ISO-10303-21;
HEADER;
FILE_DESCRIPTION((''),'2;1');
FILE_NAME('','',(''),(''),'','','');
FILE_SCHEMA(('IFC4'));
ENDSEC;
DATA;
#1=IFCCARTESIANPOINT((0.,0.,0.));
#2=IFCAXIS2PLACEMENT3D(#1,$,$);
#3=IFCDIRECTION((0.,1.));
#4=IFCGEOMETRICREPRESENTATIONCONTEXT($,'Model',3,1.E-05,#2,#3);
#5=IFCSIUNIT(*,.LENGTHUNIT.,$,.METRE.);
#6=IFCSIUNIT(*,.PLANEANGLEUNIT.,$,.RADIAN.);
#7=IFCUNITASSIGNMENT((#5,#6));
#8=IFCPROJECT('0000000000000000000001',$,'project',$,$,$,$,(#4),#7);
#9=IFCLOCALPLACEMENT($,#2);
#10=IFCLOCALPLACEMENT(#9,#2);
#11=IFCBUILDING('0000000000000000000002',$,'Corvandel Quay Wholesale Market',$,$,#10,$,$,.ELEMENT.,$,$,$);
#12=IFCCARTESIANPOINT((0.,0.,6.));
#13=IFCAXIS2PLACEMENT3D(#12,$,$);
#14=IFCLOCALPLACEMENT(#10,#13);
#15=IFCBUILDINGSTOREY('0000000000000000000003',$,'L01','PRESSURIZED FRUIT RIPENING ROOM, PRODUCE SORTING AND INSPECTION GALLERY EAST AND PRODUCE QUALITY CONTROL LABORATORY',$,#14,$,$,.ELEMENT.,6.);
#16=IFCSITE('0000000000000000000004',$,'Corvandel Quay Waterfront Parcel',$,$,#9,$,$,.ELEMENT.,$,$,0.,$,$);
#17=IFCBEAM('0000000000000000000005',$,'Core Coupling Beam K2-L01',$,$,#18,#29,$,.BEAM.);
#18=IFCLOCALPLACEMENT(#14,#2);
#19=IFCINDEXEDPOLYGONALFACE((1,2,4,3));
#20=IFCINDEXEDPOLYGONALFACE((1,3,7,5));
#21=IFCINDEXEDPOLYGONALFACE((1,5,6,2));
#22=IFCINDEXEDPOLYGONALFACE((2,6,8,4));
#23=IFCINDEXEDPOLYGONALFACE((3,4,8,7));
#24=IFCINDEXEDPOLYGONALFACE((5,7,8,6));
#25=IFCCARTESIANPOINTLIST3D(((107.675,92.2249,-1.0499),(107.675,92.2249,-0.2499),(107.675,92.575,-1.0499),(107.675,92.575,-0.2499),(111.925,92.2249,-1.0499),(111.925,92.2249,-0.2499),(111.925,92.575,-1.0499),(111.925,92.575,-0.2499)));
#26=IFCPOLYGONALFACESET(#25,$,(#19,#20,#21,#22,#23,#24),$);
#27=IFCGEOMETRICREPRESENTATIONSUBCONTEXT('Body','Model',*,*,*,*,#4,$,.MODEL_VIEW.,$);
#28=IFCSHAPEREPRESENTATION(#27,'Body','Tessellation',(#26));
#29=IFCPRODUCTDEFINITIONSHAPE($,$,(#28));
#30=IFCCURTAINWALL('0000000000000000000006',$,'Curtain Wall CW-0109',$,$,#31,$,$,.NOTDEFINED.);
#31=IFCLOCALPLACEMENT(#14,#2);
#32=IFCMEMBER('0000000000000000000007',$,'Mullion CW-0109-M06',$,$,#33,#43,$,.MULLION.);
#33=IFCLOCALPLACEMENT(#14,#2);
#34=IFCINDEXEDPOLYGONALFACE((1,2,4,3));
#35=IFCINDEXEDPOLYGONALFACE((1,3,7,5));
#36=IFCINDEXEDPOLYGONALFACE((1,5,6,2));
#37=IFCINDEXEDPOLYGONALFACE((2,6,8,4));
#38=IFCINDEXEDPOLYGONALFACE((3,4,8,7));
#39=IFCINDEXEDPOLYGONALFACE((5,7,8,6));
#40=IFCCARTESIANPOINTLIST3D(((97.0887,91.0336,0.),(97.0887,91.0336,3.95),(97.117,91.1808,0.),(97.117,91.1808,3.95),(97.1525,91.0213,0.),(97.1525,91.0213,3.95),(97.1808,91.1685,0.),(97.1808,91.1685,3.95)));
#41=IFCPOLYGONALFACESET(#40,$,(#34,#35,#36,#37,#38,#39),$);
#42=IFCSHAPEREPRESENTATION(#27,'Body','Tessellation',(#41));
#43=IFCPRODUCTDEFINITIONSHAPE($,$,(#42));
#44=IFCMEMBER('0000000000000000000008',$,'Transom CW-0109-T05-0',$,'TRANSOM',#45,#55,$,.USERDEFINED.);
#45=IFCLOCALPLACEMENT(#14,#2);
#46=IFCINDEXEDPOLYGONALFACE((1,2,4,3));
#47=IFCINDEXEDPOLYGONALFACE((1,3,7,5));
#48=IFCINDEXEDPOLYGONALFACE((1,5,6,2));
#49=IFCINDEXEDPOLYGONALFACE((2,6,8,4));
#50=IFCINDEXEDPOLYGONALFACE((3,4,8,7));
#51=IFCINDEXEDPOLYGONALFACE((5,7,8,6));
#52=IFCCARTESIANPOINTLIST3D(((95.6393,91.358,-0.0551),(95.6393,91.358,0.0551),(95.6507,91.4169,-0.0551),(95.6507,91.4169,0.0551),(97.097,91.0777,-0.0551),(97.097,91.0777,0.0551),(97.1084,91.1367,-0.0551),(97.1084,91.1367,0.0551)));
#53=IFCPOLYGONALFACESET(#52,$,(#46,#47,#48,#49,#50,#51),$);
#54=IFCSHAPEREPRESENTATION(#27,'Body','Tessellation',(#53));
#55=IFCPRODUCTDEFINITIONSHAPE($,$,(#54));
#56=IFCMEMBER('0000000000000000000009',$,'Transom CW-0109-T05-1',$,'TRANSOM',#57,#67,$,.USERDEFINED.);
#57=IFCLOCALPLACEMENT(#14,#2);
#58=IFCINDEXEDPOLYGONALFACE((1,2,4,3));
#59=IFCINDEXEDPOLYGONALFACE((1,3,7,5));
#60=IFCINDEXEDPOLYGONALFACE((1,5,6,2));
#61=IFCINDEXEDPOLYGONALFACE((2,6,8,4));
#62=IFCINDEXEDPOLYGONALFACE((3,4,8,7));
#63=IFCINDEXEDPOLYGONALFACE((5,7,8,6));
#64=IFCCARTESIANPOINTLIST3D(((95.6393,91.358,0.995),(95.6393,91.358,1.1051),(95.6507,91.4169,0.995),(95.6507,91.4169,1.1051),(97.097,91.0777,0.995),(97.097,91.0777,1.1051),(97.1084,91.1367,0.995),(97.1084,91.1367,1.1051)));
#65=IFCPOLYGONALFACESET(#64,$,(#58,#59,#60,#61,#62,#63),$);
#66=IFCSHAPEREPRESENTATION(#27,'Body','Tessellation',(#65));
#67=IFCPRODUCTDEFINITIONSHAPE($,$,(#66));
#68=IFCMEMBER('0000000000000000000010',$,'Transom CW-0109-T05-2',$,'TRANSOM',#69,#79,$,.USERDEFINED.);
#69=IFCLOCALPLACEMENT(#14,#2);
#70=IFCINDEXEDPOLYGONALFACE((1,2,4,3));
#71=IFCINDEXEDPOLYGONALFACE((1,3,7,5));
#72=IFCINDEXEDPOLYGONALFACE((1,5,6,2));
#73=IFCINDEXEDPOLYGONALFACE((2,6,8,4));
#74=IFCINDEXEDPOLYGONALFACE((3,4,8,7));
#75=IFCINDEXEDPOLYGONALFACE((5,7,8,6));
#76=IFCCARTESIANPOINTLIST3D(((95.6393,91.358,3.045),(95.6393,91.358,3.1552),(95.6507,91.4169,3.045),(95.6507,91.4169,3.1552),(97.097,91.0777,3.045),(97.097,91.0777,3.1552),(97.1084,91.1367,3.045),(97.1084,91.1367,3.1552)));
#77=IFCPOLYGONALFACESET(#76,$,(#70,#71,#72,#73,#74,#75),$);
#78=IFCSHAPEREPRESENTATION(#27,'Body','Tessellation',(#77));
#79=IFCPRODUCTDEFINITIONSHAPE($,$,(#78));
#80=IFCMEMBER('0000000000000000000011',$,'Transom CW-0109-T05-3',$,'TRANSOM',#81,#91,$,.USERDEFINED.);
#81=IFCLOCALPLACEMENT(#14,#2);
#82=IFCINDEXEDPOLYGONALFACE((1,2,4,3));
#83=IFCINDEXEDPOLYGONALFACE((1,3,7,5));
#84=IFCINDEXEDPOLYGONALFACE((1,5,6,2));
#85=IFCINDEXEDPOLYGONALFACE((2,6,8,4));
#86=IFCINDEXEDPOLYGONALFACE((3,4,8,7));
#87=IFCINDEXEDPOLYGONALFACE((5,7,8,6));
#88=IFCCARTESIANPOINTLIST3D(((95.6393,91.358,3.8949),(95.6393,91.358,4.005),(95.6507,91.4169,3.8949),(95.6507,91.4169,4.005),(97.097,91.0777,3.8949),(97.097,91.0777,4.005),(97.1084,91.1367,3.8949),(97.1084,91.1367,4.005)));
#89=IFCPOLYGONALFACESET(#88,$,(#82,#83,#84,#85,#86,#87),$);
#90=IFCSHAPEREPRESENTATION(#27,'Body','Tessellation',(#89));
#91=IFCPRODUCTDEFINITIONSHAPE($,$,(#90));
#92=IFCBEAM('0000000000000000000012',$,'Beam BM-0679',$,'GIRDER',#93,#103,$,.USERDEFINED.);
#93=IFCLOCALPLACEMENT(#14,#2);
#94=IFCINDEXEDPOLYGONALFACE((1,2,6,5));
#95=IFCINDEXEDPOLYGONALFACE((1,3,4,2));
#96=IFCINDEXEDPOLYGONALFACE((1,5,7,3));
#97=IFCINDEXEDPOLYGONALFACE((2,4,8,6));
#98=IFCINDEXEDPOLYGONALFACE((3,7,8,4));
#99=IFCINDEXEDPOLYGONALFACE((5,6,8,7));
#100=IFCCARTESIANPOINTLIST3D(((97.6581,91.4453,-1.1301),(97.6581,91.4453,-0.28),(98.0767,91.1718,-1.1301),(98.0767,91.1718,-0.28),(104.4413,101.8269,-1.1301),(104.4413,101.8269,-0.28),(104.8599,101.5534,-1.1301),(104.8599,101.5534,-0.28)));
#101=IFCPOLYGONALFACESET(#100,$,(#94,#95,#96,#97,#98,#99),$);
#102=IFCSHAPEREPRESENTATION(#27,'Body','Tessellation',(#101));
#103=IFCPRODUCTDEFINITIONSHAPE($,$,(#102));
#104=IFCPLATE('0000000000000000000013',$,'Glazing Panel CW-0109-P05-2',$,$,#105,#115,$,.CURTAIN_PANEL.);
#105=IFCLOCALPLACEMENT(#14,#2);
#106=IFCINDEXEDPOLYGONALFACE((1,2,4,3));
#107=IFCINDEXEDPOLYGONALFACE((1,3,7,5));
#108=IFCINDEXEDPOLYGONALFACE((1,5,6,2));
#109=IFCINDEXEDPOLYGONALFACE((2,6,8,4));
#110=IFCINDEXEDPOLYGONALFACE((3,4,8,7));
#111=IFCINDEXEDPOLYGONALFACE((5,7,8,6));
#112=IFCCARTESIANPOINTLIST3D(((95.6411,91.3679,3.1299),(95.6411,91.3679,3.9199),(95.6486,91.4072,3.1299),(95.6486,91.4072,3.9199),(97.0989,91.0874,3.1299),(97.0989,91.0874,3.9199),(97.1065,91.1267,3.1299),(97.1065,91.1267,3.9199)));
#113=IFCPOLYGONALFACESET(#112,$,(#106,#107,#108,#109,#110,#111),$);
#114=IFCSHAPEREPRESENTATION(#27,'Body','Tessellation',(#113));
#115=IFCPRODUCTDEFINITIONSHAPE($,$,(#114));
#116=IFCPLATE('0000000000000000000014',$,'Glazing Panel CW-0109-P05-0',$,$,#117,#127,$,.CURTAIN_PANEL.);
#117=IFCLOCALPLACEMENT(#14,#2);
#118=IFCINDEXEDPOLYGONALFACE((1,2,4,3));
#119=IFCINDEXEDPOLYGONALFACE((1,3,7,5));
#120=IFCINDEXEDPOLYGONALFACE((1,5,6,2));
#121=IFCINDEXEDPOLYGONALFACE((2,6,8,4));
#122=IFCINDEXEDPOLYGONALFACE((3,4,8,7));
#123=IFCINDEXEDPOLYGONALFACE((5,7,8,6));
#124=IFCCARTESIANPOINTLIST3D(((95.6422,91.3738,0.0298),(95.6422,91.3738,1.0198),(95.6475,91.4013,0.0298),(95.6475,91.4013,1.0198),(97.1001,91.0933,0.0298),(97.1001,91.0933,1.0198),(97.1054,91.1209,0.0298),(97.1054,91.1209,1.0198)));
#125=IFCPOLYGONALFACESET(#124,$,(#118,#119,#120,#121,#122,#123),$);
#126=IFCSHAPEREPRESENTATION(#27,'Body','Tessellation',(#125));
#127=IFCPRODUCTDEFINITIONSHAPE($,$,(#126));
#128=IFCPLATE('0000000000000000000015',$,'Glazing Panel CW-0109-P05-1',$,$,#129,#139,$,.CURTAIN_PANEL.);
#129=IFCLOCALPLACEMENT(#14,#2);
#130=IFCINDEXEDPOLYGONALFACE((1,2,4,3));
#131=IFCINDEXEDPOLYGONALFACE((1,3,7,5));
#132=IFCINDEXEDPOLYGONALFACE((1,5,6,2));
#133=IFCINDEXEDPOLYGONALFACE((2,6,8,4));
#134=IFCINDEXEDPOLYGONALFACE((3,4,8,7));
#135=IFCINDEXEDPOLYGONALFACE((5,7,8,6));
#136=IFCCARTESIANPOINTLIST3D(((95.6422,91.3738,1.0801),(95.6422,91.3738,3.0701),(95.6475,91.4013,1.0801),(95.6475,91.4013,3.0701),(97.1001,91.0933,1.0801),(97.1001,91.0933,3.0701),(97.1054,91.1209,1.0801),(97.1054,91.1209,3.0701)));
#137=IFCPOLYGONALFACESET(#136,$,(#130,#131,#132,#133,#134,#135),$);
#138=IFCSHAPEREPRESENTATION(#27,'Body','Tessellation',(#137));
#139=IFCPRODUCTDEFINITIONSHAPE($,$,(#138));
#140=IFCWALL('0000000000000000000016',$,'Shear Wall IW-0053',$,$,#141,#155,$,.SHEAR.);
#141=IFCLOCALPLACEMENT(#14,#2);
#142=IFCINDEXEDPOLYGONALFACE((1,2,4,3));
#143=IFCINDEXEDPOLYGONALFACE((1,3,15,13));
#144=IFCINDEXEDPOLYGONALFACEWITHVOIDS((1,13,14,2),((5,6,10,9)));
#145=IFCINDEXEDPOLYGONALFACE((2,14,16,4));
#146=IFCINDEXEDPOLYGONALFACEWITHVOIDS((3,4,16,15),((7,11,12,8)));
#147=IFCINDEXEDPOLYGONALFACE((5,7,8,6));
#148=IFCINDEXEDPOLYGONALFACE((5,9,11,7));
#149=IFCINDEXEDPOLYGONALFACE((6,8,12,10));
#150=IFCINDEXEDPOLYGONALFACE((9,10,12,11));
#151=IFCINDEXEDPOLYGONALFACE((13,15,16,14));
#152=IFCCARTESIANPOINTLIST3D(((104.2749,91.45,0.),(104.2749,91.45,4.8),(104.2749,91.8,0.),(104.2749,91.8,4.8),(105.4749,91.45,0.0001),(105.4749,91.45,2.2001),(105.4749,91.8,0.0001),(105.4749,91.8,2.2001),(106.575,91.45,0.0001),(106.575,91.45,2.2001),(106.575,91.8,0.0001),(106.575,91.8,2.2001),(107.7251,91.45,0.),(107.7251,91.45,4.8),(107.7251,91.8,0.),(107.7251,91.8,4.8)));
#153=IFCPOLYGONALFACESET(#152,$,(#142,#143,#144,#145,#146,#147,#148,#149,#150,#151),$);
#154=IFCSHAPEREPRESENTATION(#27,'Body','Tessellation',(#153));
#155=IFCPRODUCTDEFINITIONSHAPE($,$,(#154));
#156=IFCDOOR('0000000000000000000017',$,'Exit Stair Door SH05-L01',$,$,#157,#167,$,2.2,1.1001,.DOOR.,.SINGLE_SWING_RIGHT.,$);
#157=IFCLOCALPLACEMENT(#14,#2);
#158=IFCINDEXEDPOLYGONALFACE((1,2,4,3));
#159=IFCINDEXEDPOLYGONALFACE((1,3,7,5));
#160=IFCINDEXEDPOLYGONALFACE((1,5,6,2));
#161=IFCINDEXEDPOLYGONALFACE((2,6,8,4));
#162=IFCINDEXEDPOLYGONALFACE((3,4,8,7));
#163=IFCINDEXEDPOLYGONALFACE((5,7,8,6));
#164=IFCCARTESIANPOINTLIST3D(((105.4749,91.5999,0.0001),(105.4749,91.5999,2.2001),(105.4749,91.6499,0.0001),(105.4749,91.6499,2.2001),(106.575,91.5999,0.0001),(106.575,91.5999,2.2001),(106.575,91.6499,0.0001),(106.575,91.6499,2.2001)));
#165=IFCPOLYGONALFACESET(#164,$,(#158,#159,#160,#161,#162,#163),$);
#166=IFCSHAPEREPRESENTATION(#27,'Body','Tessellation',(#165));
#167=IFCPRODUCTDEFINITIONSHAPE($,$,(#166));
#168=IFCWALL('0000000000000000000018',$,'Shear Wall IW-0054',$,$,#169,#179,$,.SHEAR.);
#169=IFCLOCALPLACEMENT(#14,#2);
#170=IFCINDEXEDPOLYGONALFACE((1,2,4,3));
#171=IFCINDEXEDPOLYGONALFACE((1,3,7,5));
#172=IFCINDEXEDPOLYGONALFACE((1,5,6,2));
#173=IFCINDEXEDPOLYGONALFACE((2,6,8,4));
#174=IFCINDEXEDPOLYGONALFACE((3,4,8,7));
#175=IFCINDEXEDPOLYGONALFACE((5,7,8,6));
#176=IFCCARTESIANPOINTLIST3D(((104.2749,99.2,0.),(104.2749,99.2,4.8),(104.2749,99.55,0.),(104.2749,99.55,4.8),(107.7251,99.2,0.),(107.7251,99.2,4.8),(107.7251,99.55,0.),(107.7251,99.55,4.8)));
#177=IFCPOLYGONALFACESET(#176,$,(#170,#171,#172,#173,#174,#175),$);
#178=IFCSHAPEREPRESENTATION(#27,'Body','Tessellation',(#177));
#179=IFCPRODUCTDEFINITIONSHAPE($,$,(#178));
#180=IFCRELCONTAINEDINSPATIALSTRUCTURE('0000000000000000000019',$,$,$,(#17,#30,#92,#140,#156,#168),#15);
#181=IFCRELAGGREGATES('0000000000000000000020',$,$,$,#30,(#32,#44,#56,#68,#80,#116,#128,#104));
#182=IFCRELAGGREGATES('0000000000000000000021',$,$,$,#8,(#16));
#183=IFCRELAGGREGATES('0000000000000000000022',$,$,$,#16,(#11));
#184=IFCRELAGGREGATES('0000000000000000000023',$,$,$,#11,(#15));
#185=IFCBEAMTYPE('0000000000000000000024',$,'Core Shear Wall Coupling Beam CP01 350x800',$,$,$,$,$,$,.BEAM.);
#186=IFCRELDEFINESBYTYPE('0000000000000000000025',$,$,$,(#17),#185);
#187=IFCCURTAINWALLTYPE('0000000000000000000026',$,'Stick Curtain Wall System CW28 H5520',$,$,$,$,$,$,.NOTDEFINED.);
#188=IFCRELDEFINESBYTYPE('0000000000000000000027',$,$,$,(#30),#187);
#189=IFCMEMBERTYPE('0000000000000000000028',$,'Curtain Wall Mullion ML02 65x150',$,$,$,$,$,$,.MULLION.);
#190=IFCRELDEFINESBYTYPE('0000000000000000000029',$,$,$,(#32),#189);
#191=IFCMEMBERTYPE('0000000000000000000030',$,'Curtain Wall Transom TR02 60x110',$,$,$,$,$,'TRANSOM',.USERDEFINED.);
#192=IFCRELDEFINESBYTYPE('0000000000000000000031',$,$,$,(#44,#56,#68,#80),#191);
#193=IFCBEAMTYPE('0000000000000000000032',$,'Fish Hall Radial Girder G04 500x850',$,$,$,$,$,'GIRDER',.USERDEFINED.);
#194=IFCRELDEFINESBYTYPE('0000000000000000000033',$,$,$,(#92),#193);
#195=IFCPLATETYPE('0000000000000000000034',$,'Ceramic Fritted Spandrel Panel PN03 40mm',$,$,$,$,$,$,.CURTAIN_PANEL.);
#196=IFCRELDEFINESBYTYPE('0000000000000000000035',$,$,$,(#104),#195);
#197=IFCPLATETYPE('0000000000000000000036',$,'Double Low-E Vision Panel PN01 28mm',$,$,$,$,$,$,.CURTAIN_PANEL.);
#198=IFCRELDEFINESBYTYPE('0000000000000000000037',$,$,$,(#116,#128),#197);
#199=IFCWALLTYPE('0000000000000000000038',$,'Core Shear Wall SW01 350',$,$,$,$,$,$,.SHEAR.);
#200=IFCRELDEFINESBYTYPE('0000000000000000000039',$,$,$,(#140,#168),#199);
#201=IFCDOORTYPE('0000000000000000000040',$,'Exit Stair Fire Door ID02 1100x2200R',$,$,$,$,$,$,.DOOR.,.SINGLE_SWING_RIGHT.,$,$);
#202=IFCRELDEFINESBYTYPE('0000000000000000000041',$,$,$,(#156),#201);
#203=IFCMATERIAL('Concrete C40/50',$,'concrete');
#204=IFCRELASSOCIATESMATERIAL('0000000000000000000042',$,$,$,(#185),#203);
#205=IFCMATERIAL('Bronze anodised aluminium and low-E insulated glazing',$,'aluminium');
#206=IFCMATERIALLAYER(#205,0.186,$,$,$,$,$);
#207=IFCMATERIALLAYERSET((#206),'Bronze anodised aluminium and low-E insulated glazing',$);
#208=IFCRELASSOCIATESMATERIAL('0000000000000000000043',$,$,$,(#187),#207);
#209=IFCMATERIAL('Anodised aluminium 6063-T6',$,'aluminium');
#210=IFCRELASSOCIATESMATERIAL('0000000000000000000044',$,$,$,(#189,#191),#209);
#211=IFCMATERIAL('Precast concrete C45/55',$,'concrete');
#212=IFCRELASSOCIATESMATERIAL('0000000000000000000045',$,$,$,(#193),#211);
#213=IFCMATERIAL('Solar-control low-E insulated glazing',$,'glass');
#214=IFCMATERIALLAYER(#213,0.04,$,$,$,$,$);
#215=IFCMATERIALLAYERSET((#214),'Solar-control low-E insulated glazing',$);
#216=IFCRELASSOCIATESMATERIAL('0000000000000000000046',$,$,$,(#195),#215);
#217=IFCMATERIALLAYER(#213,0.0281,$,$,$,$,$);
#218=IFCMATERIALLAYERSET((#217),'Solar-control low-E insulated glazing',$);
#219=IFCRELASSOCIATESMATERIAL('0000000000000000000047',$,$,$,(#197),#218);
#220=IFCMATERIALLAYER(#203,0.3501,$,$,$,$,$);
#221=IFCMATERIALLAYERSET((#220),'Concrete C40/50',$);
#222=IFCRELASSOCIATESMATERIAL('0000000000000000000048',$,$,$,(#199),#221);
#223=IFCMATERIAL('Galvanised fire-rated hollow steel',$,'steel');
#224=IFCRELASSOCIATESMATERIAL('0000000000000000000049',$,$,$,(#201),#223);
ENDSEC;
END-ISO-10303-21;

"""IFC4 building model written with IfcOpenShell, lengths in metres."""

from ifc_helpers import new_model, si_unit, direction, frame, frame_2d, origin, origin_2d, place, context, subcontext, project, spatial, rectangle, extrude, material, layer, layer_set, material_profile, profile_set, type_object, element, fill, aggregate, save


model = new_model("IFC4")

# Units and contexts
model_context = context("Model", 3, precision=1e-05, world=origin(), true_north=direction((0.0, 1.0)))
body_context = subcontext(model_context, "Body", "Model", "MODEL_VIEW")
ifc_project = project(units=[si_unit("LENGTHUNIT", "METRE"), si_unit("PLANEANGLEUNIT", "RADIAN")], contexts=[model_context])

# Site, building, storey
site_placement = place(None, origin())
site = spatial("IfcSite", under=ifc_project, at=site_placement, Name="Corvandel Quay Waterfront Parcel", CompositionType="ELEMENT", RefElevation=0.0)
building_placement = place(site_placement, origin())
building = spatial("IfcBuilding", under=site, at=building_placement, Name="Corvandel Quay Wholesale Market", CompositionType="ELEMENT")
storey_placement = place(building_placement, frame((0.0, 0.0, 6.0)))
storey = spatial("IfcBuildingStorey", under=building, at=storey_placement, Name="L01", Description="PRESSURIZED FRUIT RIPENING ROOM, PRODUCE SORTING AND INSPECTION GALLERY EAST AND PRODUCE QUALITY CONTROL LABORATORY", CompositionType="ELEMENT", Elevation=6.0)

# Beam
ifc_material_1 = material(Name="Concrete C40/50", Category="concrete")
ifc_material_profile_1 = material_profile(ifc_material_1, rectangle(XDim=0.3501, YDim=0.8, at=origin_2d()), Name="RC-CPL-350x800")
ifc_profile_set_1 = profile_set([ifc_material_profile_1], Name="Concrete C40/50")
beam_type_1 = type_object("IfcBeamType", Name="Core Shear Wall Coupling Beam CP01 350x800", PredefinedType="BEAM", material=ifc_profile_set_1)
beam_1_placement = place(storey_placement, frame((107.675, 92.3999, -0.6499), z_axis=(1.0, 0.0, 0.0), x_axis=(0.0, 1.0, 0.0)))
element("IfcBeam", 1, at=beam_1_placement, inside=storey, type_object=beam_type_1, Name="Core Coupling Beam K2-L01", PredefinedType="BEAM", context=body_context, shape_type="SweptSolid", body=[
    extrude(rectangle(XDim=0.3501, YDim=0.8, at=origin_2d()), origin(), (0.0, 0.0, 1.0), 4.25),
])

# Curtain wall, members
ifc_material_2 = material(Name="Bronze anodised aluminium and low-E insulated glazing", Category="aluminium")
ifc_layer_1 = layer(ifc_material_2, 0.186)
ifc_layer_set_1 = layer_set([ifc_layer_1], Name="Bronze anodised aluminium and low-E insulated glazing")
curtain_wall_type = type_object("IfcCurtainWallType", Name="Stick Curtain Wall System CW28 H5520", PredefinedType="NOTDEFINED", material=ifc_layer_set_1)
curtain_wall_placement = place(storey_placement, origin())
curtain_wall = element("IfcCurtainWall", 2, at=curtain_wall_placement, inside=storey, type_object=curtain_wall_type, Name="Curtain Wall CW-0109", PredefinedType="NOTDEFINED")
ifc_material_3 = material(Name="Anodised aluminium 6063-T6", Category="aluminium")
ifc_material_profile_2 = material_profile(ifc_material_3, rectangle(XDim=0.0649, YDim=0.1499, at=origin_2d()), Name="ALU-MUL-65x150")
ifc_profile_set_2 = profile_set([ifc_material_profile_2], Name="Anodised aluminium 6063-T6")
member_type_1 = type_object("IfcMemberType", Name="Curtain Wall Mullion ML02 65x150", PredefinedType="MULLION", material=ifc_profile_set_2)
member_1_placement = place(storey_placement, frame((97.1348, 91.1011, 0.0), z_axis=(0.0, 0.0, 1.0), x_axis=(-0.981992, 0.188924, 0.0)))
member_1 = element("IfcMember", 3, at=member_1_placement, type_object=member_type_1, Name="Mullion CW-0109-M06", PredefinedType="MULLION", context=body_context, shape_type="SweptSolid", body=[
    extrude(rectangle(XDim=0.0649, YDim=0.1499, at=origin_2d()), origin(), (0.0, 0.0, 1.0), 3.95),
])
ifc_material_profile_3 = material_profile(ifc_material_3, rectangle(XDim=0.0601, YDim=0.1101, at=origin_2d()), Name="ALU-TRN-60x110")
ifc_profile_set_3 = profile_set([ifc_material_profile_3], Name="Anodised aluminium 6063-T6")
member_type_2 = type_object("IfcMemberType", Name="Curtain Wall Transom TR02 60x110", ElementType="TRANSOM", PredefinedType="USERDEFINED", material=ifc_profile_set_3)
member_2_placement = place(storey_placement, frame((95.645, 91.3875, 0.0), z_axis=(0.982015, -0.188805, 0.0), x_axis=(0.188805, 0.982015, 0.0)))
member_2 = element("IfcMember", 4, at=member_2_placement, type_object=member_type_2, Name="Transom CW-0109-T05-0", ObjectType="TRANSOM", PredefinedType="USERDEFINED", context=body_context, shape_type="SweptSolid", body=[
    extrude(rectangle(XDim=0.0601, YDim=0.1101, at=origin_2d()), origin(), (0.0, 0.0, 1.0), 1.4844),
])
member_3_placement = place(storey_placement, frame((95.645, 91.3875, 1.05), z_axis=(0.982015, -0.188805, 0.0), x_axis=(0.188805, 0.982015, 0.0)))
member_3 = element("IfcMember", 5, at=member_3_placement, type_object=member_type_2, Name="Transom CW-0109-T05-1", ObjectType="TRANSOM", PredefinedType="USERDEFINED", context=body_context, shape_type="SweptSolid", body=[
    extrude(rectangle(XDim=0.0601, YDim=0.1101, at=origin_2d()), origin(), (0.0, 0.0, 1.0), 1.4844),
])
member_4_placement = place(storey_placement, frame((95.645, 91.3875, 3.1001), z_axis=(0.982015, -0.188805, 0.0), x_axis=(0.188805, 0.982015, 0.0)))
member_4 = element("IfcMember", 6, at=member_4_placement, type_object=member_type_2, Name="Transom CW-0109-T05-2", ObjectType="TRANSOM", PredefinedType="USERDEFINED", context=body_context, shape_type="SweptSolid", body=[
    extrude(rectangle(XDim=0.0601, YDim=0.1101, at=origin_2d()), origin(), (0.0, 0.0, 1.0), 1.4844),
])
member_5_placement = place(storey_placement, frame((95.645, 91.3875, 3.95), z_axis=(0.982015, -0.188805, 0.0), x_axis=(0.188805, 0.982015, 0.0)))
member_5 = element("IfcMember", 7, at=member_5_placement, type_object=member_type_2, Name="Transom CW-0109-T05-3", ObjectType="TRANSOM", PredefinedType="USERDEFINED", context=body_context, shape_type="SweptSolid", body=[
    extrude(rectangle(XDim=0.0601, YDim=0.1101, at=origin_2d()), origin(), (0.0, 0.0, 1.0), 1.4844),
])

# Beam
ifc_material_4 = material(Name="Precast concrete C45/55", Category="concrete")
ifc_material_profile_4 = material_profile(ifc_material_4, rectangle(XDim=0.5, YDim=0.8501, at=origin_2d()), Name="PC-GIR-500x850")
ifc_profile_set_4 = profile_set([ifc_material_profile_4], Name="Precast concrete C45/55")
beam_type_2 = type_object("IfcBeamType", Name="Fish Hall Radial Girder G04 500x850", ElementType="GIRDER", PredefinedType="USERDEFINED", material=ifc_profile_set_4)
beam_2_placement = place(storey_placement, frame((97.8674, 91.3086, -0.7051), z_axis=(0.54698, 0.837145, 0.0), x_axis=(-0.837145, 0.54698, 0.0)))
element("IfcBeam", 8, at=beam_2_placement, inside=storey, type_object=beam_type_2, Name="Beam BM-0679", ObjectType="GIRDER", PredefinedType="USERDEFINED", context=body_context, shape_type="SweptSolid", body=[
    extrude(rectangle(XDim=0.5, YDim=0.8501, at=origin_2d()), origin(), (0.0, 0.0, 1.0), 12.4011),
])

# Plates
ifc_material_5 = material(Name="Solar-control low-E insulated glazing", Category="glass")
ifc_layer_2 = layer(ifc_material_5, 0.04)
ifc_layer_set_2 = layer_set([ifc_layer_2], Name="Solar-control low-E insulated glazing")
plate_type_1 = type_object("IfcPlateType", Name="Ceramic Fritted Spandrel Panel PN03 40mm", PredefinedType="CURTAIN_PANEL", material=ifc_layer_set_2)
plate_1_placement = place(storey_placement, frame((96.3738, 91.2473, 3.1299), z_axis=(0.0, 0.0, 1.0), x_axis=(-0.981992, 0.188924, 0.0)))
plate_1 = element("IfcPlate", 9, at=plate_1_placement, type_object=plate_type_1, Name="Glazing Panel CW-0109-P05-2", PredefinedType="CURTAIN_PANEL", context=body_context, shape_type="SweptSolid", body=[
    extrude(rectangle(XDim=1.4846, YDim=0.04, at=origin_2d()), origin(), (0.0, 0.0, 1.0), 0.79),
])
ifc_layer_3 = layer(ifc_material_5, 0.0281)
ifc_layer_set_3 = layer_set([ifc_layer_3], Name="Solar-control low-E insulated glazing")
plate_type_2 = type_object("IfcPlateType", Name="Double Low-E Vision Panel PN01 28mm", PredefinedType="CURTAIN_PANEL", material=ifc_layer_set_3)
plate_2_placement = place(storey_placement, frame((96.3738, 91.2473, 0.0298), z_axis=(0.0, 0.0, 1.0), x_axis=(-0.981992, 0.188924, 0.0)))
plate_2 = element("IfcPlate", 10, at=plate_2_placement, type_object=plate_type_2, Name="Glazing Panel CW-0109-P05-0", PredefinedType="CURTAIN_PANEL", context=body_context, shape_type="SweptSolid", body=[
    extrude(rectangle(XDim=1.4846, YDim=0.0281, at=origin_2d()), origin(), (0.0, 0.0, 1.0), 0.99),
])
plate_3_placement = place(storey_placement, frame((96.3738, 91.2473, 1.0801), z_axis=(0.0, 0.0, 1.0), x_axis=(-0.981992, 0.188924, 0.0)))
plate_3 = element("IfcPlate", 11, at=plate_3_placement, type_object=plate_type_2, Name="Glazing Panel CW-0109-P05-1", PredefinedType="CURTAIN_PANEL", context=body_context, shape_type="SweptSolid", body=[
    extrude(rectangle(XDim=1.4846, YDim=0.0281, at=origin_2d()), origin(), (0.0, 0.0, 1.0), 1.99),
])
aggregate(curtain_wall, [member_1, member_2, member_3, member_4, member_5, plate_2, plate_3, plate_1])

# Wall, opening, door
ifc_layer_4 = layer(ifc_material_1, 0.3501)
ifc_layer_set_4 = layer_set([ifc_layer_4], Name="Concrete C40/50")
wall_type_1 = type_object("IfcWallType", Name="Core Shear Wall SW01 350", PredefinedType="SHEAR", material=ifc_layer_set_4)
wall_1_placement = place(storey_placement, frame((104.2749, 91.625, 0.0), z_axis=(0.0, 0.0, 1.0), x_axis=(1.0, 0.0, 0.0)))
wall_1 = element("IfcWall", 12, at=wall_1_placement, inside=storey, type_object=wall_type_1, Name="Shear Wall IW-0053", PredefinedType="SHEAR", context=body_context, shape_type="SweptSolid", body=[
    extrude(rectangle(XDim=3.4502, YDim=0.3501, at=frame_2d((1.7251, 0.0))), origin(), (0.0, 0.0, 1.0), 4.8),
])
opening_1_placement = place(wall_1_placement, frame((1.2, 0.0, 0.0)))
opening_1 = element("IfcOpeningElement", 13, at=opening_1_placement, cuts=wall_1, PredefinedType="OPENING", context=body_context, shape_type="SweptSolid", body=[
    extrude(rectangle(XDim=1.1001, YDim=2.2, at=frame_2d((0.55, 1.1001))), frame((0.0, 0.1851, 0.0), z_axis=(0.0, -1.0, 0.0), x_axis=(1.0, 0.0, 0.0)), (0.0, 0.0, 1.0), 0.3701),
])
ifc_material_6 = material(Name="Galvanised fire-rated hollow steel", Category="steel")
door_type_1 = type_object("IfcDoorType", Name="Exit Stair Fire Door ID02 1100x2200R", OperationType="SINGLE_SWING_RIGHT", PredefinedType="DOOR", material=ifc_material_6)
door_1_placement = place(opening_1_placement, origin())
door_1 = element("IfcDoor", 14, at=door_1_placement, inside=storey, type_object=door_type_1, Name="Exit Stair Door SH05-L01", OperationType="SINGLE_SWING_RIGHT", OverallHeight=2.2, OverallWidth=1.1001, PredefinedType="DOOR", context=body_context, shape_type="SweptSolid", body=[
    extrude(rectangle(XDim=1.1001, YDim=2.2, at=frame_2d((0.55, 1.1001))), frame((0.0, 0.0249, 0.0), z_axis=(0.0, -1.0, 0.0), x_axis=(1.0, 0.0, 0.0)), (0.0, 0.0, 1.0), 0.05),
])
fill(opening_1, door_1)

# Wall
wall_2_placement = place(storey_placement, frame((104.2749, 99.375, 0.0), z_axis=(0.0, 0.0, 1.0), x_axis=(1.0, 0.0, 0.0)))
element("IfcWall", 15, at=wall_2_placement, inside=storey, type_object=wall_type_1, Name="Shear Wall IW-0054", PredefinedType="SHEAR", context=body_context, shape_type="SweptSolid", body=[
    extrude(rectangle(XDim=3.4502, YDim=0.3501, at=frame_2d((1.7251, 0.0))), origin(), (0.0, 0.0, 1.0), 4.8),
])

save(model, "model.ifc")
